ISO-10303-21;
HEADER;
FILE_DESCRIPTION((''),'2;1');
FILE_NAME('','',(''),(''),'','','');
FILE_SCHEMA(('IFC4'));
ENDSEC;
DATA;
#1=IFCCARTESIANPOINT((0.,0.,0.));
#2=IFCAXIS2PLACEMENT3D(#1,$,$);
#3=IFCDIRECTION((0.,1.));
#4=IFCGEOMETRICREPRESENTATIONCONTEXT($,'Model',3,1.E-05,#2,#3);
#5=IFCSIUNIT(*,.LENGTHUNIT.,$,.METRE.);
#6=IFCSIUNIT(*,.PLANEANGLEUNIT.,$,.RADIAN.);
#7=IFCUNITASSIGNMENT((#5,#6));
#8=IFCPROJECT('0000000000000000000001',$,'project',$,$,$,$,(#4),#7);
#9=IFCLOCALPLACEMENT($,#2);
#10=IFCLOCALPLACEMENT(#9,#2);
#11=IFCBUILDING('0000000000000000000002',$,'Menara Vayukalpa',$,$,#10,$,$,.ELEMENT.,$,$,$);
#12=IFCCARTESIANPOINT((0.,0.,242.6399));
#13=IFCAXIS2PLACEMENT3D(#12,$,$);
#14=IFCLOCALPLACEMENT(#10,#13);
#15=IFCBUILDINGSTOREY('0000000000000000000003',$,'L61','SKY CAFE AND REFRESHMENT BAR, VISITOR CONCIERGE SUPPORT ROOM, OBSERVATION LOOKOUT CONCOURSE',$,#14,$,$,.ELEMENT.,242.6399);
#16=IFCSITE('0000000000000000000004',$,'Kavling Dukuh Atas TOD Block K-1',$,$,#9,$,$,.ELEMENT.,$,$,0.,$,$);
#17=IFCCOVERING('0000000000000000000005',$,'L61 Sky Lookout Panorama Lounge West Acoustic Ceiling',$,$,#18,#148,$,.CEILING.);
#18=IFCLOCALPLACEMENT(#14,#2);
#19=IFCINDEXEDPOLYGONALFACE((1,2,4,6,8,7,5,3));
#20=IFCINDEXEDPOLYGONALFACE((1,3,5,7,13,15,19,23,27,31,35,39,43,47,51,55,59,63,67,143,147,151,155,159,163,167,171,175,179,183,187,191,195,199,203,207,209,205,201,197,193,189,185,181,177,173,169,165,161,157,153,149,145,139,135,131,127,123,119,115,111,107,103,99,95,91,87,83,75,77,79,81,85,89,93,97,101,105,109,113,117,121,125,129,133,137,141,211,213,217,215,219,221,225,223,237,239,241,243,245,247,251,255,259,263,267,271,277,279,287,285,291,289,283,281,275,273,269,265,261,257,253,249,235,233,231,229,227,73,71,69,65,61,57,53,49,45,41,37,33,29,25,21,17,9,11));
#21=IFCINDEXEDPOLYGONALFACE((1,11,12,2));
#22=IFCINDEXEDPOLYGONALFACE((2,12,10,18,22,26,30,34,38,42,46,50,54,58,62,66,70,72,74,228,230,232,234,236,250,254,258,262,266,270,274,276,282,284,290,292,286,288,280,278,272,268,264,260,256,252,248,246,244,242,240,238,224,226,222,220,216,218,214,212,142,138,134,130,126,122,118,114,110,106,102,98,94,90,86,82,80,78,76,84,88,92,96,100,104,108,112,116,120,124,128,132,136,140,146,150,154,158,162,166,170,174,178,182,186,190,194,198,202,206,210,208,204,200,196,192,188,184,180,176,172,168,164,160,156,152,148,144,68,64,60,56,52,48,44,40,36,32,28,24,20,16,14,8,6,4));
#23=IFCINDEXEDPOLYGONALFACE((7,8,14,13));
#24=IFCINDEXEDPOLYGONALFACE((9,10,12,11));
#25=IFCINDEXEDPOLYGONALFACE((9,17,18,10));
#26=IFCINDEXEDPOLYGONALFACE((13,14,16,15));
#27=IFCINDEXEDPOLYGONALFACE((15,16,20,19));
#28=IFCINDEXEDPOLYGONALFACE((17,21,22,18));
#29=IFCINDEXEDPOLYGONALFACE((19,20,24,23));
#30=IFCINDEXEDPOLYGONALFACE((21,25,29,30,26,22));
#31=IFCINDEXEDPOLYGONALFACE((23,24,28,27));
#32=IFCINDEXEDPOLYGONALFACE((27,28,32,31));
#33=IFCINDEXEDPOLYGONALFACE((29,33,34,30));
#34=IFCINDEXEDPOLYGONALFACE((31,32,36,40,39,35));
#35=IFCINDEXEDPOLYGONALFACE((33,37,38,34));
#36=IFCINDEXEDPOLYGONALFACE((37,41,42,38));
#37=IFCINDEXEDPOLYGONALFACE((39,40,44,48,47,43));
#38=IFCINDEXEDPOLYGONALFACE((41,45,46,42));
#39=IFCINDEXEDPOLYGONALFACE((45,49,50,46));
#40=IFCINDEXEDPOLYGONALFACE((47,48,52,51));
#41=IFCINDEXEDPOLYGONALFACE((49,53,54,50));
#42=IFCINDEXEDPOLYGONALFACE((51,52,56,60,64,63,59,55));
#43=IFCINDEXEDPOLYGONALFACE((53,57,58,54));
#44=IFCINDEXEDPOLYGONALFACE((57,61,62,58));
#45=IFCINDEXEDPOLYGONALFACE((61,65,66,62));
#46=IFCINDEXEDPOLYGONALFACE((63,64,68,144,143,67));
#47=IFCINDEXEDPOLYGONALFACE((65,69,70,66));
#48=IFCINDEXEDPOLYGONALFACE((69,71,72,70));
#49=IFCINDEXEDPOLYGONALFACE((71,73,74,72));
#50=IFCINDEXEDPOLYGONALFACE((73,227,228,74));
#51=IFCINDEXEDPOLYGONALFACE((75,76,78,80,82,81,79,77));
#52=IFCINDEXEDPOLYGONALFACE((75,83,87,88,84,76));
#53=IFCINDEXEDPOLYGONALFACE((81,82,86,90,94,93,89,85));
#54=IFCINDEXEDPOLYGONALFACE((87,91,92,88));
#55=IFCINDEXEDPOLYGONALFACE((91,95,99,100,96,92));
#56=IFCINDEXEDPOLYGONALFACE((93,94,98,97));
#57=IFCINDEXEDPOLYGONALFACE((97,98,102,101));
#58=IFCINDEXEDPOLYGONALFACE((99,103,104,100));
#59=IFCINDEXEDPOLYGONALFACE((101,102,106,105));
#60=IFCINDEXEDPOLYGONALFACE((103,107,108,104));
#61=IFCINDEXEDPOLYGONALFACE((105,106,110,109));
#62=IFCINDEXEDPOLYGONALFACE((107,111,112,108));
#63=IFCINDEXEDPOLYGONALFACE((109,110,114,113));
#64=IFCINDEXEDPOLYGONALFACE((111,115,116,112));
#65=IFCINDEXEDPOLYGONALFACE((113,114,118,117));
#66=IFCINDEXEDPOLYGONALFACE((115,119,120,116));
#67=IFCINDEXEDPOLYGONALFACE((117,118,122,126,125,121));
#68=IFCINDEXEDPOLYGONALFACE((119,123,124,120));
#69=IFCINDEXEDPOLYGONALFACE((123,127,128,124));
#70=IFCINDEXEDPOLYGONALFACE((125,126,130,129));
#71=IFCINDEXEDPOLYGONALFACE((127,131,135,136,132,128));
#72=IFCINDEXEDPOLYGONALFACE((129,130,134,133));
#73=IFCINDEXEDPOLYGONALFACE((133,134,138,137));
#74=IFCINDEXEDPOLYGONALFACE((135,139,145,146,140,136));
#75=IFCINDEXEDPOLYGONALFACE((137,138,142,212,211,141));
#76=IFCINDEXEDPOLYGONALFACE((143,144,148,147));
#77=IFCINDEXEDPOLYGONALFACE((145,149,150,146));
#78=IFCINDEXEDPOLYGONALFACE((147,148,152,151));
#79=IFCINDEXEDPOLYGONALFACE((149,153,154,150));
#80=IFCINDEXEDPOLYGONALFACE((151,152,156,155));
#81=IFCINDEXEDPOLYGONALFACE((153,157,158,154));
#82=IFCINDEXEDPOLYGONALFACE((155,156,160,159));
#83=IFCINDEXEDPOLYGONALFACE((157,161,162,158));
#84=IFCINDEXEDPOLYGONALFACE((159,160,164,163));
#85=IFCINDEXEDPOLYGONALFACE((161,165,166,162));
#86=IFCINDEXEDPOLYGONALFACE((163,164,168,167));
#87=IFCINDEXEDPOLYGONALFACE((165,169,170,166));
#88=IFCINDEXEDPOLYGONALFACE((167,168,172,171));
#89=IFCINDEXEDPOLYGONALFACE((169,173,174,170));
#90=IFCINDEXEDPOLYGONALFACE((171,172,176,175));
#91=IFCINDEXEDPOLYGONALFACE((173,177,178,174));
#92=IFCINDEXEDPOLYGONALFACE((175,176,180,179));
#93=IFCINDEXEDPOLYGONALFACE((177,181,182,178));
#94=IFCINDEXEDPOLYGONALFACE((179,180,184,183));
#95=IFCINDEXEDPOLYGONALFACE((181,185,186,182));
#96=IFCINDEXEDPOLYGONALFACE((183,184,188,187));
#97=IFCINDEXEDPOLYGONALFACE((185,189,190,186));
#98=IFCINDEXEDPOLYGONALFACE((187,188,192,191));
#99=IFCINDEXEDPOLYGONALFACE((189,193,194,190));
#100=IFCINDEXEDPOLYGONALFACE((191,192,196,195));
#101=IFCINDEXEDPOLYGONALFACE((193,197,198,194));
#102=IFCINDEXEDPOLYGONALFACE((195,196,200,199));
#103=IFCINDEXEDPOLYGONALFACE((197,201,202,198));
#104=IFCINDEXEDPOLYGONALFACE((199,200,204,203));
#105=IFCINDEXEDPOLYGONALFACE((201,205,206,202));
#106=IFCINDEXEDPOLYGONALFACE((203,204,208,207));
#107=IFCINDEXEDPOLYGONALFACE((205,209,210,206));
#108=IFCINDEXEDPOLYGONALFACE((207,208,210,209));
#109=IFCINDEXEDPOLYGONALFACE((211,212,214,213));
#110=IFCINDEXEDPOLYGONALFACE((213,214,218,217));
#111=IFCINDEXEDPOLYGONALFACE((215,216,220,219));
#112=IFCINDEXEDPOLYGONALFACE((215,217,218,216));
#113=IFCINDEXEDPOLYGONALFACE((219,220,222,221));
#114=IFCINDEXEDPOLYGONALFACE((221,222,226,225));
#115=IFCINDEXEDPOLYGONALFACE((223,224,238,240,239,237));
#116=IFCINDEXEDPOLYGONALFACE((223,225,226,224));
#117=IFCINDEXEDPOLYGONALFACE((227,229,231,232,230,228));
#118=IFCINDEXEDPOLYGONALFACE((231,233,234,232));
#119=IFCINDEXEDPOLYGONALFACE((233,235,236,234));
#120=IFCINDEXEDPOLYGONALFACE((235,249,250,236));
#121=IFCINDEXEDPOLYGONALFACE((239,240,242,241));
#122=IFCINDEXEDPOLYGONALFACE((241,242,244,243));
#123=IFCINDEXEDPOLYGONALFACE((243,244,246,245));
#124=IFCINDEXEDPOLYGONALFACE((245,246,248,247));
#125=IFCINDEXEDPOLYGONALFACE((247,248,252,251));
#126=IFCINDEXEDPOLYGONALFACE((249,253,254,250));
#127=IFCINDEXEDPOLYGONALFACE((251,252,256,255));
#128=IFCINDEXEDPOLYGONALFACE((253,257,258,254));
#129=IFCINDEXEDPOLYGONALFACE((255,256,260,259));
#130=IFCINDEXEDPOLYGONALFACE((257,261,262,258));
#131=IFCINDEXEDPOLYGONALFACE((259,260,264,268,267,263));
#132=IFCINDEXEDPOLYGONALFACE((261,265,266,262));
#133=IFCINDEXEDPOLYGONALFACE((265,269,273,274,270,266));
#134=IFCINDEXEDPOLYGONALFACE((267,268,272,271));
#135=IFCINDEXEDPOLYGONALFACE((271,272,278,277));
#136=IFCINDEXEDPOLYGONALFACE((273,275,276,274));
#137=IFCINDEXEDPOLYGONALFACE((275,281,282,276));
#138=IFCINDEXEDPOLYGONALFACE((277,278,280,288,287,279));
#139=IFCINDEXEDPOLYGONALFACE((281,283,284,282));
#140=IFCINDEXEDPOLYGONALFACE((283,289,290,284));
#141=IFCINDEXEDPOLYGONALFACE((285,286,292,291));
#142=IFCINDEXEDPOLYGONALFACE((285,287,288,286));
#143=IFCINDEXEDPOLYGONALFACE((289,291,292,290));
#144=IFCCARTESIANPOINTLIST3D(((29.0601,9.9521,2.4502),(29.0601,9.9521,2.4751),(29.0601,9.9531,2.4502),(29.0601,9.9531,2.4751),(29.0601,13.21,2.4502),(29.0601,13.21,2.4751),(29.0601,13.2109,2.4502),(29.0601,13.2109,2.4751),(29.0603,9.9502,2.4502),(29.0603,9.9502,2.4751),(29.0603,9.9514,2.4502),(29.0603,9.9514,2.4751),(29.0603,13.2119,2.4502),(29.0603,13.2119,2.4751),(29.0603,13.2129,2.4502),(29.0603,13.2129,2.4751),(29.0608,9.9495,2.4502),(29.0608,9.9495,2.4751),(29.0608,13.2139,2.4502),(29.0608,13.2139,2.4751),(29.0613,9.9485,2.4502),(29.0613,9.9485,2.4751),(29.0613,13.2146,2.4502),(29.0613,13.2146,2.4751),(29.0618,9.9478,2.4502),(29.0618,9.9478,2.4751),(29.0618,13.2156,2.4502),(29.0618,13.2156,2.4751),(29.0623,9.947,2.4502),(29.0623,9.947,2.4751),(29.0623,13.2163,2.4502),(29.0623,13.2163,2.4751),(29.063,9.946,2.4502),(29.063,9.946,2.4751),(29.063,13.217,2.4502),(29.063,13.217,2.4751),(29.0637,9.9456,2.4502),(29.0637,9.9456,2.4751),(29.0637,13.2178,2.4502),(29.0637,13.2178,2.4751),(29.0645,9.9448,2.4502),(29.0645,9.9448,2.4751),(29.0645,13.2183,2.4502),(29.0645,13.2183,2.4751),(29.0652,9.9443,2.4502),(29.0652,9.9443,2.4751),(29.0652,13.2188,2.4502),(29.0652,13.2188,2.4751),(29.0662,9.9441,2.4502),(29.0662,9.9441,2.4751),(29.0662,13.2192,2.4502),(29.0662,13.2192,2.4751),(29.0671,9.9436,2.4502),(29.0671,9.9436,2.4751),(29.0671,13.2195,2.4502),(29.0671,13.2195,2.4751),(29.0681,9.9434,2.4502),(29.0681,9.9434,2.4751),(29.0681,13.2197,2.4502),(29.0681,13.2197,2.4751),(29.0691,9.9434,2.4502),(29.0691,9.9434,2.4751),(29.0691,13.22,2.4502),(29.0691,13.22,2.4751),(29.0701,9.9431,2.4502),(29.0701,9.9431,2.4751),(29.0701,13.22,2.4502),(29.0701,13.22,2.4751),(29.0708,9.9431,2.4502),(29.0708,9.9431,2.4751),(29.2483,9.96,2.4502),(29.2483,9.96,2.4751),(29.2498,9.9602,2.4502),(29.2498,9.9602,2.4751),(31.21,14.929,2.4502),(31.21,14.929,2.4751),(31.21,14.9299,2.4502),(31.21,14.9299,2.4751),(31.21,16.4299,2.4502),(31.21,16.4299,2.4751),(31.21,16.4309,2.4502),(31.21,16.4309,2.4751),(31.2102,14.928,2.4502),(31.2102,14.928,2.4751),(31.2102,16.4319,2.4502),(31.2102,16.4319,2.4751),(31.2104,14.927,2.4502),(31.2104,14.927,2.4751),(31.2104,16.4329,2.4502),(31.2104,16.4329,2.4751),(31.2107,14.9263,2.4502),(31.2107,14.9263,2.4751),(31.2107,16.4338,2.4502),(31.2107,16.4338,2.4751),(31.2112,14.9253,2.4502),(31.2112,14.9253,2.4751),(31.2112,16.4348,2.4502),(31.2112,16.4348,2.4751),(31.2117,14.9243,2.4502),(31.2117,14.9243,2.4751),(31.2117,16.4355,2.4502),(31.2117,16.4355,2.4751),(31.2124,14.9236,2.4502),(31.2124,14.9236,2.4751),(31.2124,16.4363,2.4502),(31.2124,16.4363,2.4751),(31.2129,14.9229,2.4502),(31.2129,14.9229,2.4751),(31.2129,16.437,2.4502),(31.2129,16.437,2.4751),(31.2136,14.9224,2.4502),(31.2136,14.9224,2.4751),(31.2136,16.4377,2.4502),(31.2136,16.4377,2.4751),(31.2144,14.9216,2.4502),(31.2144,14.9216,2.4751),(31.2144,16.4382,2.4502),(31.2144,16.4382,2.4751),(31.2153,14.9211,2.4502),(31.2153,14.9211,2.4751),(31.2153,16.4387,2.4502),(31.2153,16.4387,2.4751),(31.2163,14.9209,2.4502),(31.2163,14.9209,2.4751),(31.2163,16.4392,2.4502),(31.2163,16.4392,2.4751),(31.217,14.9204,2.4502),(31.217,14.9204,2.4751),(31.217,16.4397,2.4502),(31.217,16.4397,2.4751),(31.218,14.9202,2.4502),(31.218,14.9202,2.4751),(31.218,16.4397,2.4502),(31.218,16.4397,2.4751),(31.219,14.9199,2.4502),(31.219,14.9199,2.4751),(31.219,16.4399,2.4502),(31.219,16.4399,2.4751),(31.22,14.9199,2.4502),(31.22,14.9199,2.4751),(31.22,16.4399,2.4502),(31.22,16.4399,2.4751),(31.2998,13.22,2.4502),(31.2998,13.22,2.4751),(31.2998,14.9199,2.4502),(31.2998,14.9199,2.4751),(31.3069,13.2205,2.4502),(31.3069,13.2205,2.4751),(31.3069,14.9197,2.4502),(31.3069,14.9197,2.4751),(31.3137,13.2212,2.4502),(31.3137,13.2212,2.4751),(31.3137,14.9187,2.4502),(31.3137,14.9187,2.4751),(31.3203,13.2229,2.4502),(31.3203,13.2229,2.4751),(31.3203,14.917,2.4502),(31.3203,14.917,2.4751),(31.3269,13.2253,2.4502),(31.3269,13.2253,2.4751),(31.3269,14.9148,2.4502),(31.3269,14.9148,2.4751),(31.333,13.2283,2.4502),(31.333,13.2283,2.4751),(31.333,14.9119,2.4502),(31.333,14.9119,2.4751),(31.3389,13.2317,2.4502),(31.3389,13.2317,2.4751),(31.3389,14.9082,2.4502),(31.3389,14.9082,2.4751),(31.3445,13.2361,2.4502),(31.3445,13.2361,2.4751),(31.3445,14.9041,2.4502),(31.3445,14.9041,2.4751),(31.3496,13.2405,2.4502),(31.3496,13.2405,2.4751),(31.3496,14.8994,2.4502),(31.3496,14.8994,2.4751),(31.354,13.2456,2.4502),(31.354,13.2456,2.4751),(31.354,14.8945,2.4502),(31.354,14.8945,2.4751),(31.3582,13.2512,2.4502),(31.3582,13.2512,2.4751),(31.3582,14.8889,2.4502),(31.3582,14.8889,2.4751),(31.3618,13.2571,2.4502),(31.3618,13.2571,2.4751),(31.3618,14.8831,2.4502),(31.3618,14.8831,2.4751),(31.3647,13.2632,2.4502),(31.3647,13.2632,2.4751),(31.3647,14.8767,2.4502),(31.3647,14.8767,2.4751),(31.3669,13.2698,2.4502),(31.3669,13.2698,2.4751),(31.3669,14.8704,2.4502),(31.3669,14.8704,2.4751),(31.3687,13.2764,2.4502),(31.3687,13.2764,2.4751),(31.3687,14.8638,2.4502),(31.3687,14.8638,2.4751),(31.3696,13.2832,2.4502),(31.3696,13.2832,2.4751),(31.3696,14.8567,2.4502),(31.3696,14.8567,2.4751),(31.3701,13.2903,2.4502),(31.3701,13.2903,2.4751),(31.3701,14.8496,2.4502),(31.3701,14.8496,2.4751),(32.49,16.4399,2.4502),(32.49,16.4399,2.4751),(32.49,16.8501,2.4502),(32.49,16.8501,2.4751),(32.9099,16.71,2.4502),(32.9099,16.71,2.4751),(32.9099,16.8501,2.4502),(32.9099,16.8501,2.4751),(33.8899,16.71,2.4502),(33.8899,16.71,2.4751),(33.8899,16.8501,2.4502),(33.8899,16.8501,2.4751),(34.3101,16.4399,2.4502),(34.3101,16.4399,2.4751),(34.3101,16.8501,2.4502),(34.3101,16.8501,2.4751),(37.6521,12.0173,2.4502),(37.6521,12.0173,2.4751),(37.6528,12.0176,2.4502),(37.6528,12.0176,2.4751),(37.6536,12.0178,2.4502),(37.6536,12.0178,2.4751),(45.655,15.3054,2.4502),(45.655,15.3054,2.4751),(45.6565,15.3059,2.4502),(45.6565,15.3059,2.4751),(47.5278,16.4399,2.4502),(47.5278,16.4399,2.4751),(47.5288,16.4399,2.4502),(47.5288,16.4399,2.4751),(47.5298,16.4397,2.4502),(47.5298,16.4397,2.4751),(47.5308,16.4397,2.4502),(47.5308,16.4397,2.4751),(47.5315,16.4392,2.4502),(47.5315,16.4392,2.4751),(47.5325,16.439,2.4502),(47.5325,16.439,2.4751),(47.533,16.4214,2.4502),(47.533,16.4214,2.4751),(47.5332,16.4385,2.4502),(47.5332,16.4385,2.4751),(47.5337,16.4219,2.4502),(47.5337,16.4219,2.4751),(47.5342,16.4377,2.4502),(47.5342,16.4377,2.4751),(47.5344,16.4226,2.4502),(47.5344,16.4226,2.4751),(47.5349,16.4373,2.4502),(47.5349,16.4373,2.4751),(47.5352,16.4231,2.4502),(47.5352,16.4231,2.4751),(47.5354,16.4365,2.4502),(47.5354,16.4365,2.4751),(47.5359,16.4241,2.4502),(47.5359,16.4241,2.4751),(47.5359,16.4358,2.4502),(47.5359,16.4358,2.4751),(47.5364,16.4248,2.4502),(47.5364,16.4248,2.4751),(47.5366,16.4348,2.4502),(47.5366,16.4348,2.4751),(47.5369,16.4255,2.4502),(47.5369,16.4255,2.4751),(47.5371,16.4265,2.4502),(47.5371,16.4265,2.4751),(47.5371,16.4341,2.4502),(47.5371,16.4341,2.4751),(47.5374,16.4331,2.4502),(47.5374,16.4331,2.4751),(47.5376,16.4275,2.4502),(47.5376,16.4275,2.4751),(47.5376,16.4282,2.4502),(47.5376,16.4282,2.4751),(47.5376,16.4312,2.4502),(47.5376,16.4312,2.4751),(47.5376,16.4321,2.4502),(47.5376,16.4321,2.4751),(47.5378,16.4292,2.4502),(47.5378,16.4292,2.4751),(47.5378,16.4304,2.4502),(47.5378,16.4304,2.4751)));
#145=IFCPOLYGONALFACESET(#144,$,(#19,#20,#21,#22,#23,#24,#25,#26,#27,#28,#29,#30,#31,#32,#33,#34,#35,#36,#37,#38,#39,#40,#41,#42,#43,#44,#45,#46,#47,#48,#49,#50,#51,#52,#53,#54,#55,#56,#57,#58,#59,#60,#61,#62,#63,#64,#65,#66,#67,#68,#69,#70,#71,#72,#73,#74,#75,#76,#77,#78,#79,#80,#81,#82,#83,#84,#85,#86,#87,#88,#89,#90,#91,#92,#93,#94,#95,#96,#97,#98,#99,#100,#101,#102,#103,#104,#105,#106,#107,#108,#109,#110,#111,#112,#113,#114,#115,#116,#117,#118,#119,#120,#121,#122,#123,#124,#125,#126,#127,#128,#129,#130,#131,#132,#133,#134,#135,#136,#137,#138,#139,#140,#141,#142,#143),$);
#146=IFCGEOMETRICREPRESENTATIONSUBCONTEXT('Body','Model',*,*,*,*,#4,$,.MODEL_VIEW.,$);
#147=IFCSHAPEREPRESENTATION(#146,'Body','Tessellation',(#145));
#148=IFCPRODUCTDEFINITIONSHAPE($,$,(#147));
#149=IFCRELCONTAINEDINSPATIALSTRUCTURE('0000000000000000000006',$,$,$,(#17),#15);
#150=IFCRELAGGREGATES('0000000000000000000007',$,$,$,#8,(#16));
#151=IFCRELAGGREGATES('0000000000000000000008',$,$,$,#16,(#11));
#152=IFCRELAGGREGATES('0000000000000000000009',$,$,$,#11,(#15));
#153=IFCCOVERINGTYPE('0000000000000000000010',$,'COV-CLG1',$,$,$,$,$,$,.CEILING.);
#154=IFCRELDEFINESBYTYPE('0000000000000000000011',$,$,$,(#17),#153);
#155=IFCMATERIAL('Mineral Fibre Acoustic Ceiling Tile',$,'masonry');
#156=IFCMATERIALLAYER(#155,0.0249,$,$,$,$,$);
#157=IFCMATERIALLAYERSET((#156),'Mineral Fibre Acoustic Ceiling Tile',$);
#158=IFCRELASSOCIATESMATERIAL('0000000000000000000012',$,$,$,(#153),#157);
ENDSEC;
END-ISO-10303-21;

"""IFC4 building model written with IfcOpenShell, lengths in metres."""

from ifc_helpers import new_model, si_unit, direction, frame, origin, place, context, subcontext, project, spatial, polyline, outline, extrude, material, layer, layer_set, type_object, element, save


model = new_model("IFC4")

# Units and contexts
model_context = context("Model", 3, precision=1e-05, world=origin(), true_north=direction((0.0, 1.0)))
body_context = subcontext(model_context, "Body", "Model", "MODEL_VIEW")
ifc_project = project(units=[si_unit("LENGTHUNIT", "METRE"), si_unit("PLANEANGLEUNIT", "RADIAN")], contexts=[model_context])

# Site, building, storey
site_placement = place(None, origin())
site = spatial("IfcSite", under=ifc_project, at=site_placement, Name="Kavling Dukuh Atas TOD Block K-1", CompositionType="ELEMENT", RefElevation=0.0)
building_placement = place(site_placement, origin())
building = spatial("IfcBuilding", under=site, at=building_placement, Name="Menara Vayukalpa", CompositionType="ELEMENT")
storey_placement = place(building_placement, frame((0.0, 0.0, 242.6399)))
storey = spatial("IfcBuildingStorey", under=building, at=storey_placement, Name="L61", Description="SKY CAFE AND REFRESHMENT BAR, VISITOR CONCIERGE SUPPORT ROOM, OBSERVATION LOOKOUT CONCOURSE", CompositionType="ELEMENT", Elevation=242.6399)

# Covering
ifc_material_1 = material(Name="Mineral Fibre Acoustic Ceiling Tile", Category="masonry")
ifc_layer_1 = layer(ifc_material_1, 0.0249)
ifc_layer_set_1 = layer_set([ifc_layer_1], Name="Mineral Fibre Acoustic Ceiling Tile")
covering_type_1 = type_object("IfcCoveringType", Name="COV-CLG1", PredefinedType="CEILING", material=ifc_layer_set_1)
covering_1_placement = place(storey_placement, frame((0.0, 0.0, 2.4502)))
element("IfcCovering", 1, at=covering_1_placement, inside=storey, type_object=covering_type_1, Name="L61 Sky Lookout Panorama Lounge West Acoustic Ceiling", PredefinedType="CEILING", context=body_context, shape_type="SweptSolid", body=[
    extrude(outline(polyline([(37.6521, 12.0173), (29.2498, 9.9602), (29.2483, 9.96), (29.0708, 9.9431), (29.0701, 9.9431), (29.0691, 9.9434), (29.0681, 9.9434), (29.0671, 9.9436), (29.0662, 9.9441), (29.0652, 9.9443), (29.0645, 9.9448), (29.0637, 9.9456), (29.063, 9.946), (29.0623, 9.947), (29.0618, 9.9478), (29.0613, 9.9485), (29.0608, 9.9495), (29.0603, 9.9502), (29.0603, 9.9514), (29.0601, 9.9521), (29.0601, 9.9531), (29.0601, 13.21), (29.0601, 13.2109), (29.0603, 13.2119), (29.0603, 13.2129), (29.0608, 13.2139), (29.0613, 13.2146), (29.0618, 13.2156), (29.0623, 13.2163), (29.063, 13.217), (29.0637, 13.2178), (29.0645, 13.2183), (29.0652, 13.2188), (29.0662, 13.2192), (29.0671, 13.2195), (29.0681, 13.2197), (29.0691, 13.22), (29.0701, 13.22), (31.2998, 13.22), (31.3069, 13.2205), (31.3137, 13.2212), (31.3203, 13.2229), (31.3269, 13.2253), (31.333, 13.2283), (31.3389, 13.2317), (31.3445, 13.2361), (31.3496, 13.2405), (31.354, 13.2456), (31.3582, 13.2512), (31.3618, 13.2571), (31.3647, 13.2632), (31.3669, 13.2698), (31.3687, 13.2764), (31.3696, 13.2832), (31.3701, 13.2903), (31.3701, 14.8496), (31.3696, 14.8567), (31.3687, 14.8638), (31.3669, 14.8704), (31.3647, 14.8767), (31.3618, 14.8831), (31.3582, 14.8889), (31.354, 14.8945), (31.3496, 14.8994), (31.3445, 14.9041), (31.3389, 14.9082), (31.333, 14.9119), (31.3269, 14.9148), (31.3203, 14.917), (31.3137, 14.9187), (31.3069, 14.9197), (31.2998, 14.9199), (31.22, 14.9199), (31.219, 14.9199), (31.218, 14.9202), (31.217, 14.9204), (31.2163, 14.9209), (31.2153, 14.9211), (31.2144, 14.9216), (31.2136, 14.9224), (31.2129, 14.9229), (31.2124, 14.9236), (31.2117, 14.9243), (31.2112, 14.9253), (31.2107, 14.9263), (31.2104, 14.927), (31.2102, 14.928), (31.21, 14.929), (31.21, 14.9299), (31.21, 16.4299), (31.21, 16.4309), (31.2102, 16.4319), (31.2104, 16.4329), (31.2107, 16.4338), (31.2112, 16.4348), (31.2117, 16.4355), (31.2124, 16.4363), (31.2129, 16.437), (31.2136, 16.4377), (31.2144, 16.4382), (31.2153, 16.4387), (31.2163, 16.4392), (31.217, 16.4397), (31.218, 16.4397), (31.219, 16.4399), (31.22, 16.4399), (32.49, 16.4399), (32.49, 16.8501), (32.9099, 16.8501), (32.9099, 16.71), (33.8899, 16.71), (33.8899, 16.8501), (34.3101, 16.8501), (34.3101, 16.4399), (47.5278, 16.4399), (47.5288, 16.4399), (47.5298, 16.4397), (47.5308, 16.4397), (47.5315, 16.4392), (47.5325, 16.439), (47.5332, 16.4385), (47.5342, 16.4377), (47.5349, 16.4373), (47.5354, 16.4365), (47.5359, 16.4358), (47.5366, 16.4348), (47.5371, 16.4341), (47.5374, 16.4331), (47.5376, 16.4321), (47.5376, 16.4312), (47.5378, 16.4304), (47.5378, 16.4292), (47.5376, 16.4282), (47.5376, 16.4275), (47.5371, 16.4265), (47.5369, 16.4255), (47.5364, 16.4248), (47.5359, 16.4241), (47.5352, 16.4231), (47.5344, 16.4226), (47.5337, 16.4219), (47.533, 16.4214), (45.6565, 15.3059), (45.655, 15.3054), (37.6536, 12.0178), (37.6528, 12.0176), (37.6521, 12.0173)])), origin(), (0.0, 0.0, 1.0), 0.0249),
])

save(model, "model.ifc")
